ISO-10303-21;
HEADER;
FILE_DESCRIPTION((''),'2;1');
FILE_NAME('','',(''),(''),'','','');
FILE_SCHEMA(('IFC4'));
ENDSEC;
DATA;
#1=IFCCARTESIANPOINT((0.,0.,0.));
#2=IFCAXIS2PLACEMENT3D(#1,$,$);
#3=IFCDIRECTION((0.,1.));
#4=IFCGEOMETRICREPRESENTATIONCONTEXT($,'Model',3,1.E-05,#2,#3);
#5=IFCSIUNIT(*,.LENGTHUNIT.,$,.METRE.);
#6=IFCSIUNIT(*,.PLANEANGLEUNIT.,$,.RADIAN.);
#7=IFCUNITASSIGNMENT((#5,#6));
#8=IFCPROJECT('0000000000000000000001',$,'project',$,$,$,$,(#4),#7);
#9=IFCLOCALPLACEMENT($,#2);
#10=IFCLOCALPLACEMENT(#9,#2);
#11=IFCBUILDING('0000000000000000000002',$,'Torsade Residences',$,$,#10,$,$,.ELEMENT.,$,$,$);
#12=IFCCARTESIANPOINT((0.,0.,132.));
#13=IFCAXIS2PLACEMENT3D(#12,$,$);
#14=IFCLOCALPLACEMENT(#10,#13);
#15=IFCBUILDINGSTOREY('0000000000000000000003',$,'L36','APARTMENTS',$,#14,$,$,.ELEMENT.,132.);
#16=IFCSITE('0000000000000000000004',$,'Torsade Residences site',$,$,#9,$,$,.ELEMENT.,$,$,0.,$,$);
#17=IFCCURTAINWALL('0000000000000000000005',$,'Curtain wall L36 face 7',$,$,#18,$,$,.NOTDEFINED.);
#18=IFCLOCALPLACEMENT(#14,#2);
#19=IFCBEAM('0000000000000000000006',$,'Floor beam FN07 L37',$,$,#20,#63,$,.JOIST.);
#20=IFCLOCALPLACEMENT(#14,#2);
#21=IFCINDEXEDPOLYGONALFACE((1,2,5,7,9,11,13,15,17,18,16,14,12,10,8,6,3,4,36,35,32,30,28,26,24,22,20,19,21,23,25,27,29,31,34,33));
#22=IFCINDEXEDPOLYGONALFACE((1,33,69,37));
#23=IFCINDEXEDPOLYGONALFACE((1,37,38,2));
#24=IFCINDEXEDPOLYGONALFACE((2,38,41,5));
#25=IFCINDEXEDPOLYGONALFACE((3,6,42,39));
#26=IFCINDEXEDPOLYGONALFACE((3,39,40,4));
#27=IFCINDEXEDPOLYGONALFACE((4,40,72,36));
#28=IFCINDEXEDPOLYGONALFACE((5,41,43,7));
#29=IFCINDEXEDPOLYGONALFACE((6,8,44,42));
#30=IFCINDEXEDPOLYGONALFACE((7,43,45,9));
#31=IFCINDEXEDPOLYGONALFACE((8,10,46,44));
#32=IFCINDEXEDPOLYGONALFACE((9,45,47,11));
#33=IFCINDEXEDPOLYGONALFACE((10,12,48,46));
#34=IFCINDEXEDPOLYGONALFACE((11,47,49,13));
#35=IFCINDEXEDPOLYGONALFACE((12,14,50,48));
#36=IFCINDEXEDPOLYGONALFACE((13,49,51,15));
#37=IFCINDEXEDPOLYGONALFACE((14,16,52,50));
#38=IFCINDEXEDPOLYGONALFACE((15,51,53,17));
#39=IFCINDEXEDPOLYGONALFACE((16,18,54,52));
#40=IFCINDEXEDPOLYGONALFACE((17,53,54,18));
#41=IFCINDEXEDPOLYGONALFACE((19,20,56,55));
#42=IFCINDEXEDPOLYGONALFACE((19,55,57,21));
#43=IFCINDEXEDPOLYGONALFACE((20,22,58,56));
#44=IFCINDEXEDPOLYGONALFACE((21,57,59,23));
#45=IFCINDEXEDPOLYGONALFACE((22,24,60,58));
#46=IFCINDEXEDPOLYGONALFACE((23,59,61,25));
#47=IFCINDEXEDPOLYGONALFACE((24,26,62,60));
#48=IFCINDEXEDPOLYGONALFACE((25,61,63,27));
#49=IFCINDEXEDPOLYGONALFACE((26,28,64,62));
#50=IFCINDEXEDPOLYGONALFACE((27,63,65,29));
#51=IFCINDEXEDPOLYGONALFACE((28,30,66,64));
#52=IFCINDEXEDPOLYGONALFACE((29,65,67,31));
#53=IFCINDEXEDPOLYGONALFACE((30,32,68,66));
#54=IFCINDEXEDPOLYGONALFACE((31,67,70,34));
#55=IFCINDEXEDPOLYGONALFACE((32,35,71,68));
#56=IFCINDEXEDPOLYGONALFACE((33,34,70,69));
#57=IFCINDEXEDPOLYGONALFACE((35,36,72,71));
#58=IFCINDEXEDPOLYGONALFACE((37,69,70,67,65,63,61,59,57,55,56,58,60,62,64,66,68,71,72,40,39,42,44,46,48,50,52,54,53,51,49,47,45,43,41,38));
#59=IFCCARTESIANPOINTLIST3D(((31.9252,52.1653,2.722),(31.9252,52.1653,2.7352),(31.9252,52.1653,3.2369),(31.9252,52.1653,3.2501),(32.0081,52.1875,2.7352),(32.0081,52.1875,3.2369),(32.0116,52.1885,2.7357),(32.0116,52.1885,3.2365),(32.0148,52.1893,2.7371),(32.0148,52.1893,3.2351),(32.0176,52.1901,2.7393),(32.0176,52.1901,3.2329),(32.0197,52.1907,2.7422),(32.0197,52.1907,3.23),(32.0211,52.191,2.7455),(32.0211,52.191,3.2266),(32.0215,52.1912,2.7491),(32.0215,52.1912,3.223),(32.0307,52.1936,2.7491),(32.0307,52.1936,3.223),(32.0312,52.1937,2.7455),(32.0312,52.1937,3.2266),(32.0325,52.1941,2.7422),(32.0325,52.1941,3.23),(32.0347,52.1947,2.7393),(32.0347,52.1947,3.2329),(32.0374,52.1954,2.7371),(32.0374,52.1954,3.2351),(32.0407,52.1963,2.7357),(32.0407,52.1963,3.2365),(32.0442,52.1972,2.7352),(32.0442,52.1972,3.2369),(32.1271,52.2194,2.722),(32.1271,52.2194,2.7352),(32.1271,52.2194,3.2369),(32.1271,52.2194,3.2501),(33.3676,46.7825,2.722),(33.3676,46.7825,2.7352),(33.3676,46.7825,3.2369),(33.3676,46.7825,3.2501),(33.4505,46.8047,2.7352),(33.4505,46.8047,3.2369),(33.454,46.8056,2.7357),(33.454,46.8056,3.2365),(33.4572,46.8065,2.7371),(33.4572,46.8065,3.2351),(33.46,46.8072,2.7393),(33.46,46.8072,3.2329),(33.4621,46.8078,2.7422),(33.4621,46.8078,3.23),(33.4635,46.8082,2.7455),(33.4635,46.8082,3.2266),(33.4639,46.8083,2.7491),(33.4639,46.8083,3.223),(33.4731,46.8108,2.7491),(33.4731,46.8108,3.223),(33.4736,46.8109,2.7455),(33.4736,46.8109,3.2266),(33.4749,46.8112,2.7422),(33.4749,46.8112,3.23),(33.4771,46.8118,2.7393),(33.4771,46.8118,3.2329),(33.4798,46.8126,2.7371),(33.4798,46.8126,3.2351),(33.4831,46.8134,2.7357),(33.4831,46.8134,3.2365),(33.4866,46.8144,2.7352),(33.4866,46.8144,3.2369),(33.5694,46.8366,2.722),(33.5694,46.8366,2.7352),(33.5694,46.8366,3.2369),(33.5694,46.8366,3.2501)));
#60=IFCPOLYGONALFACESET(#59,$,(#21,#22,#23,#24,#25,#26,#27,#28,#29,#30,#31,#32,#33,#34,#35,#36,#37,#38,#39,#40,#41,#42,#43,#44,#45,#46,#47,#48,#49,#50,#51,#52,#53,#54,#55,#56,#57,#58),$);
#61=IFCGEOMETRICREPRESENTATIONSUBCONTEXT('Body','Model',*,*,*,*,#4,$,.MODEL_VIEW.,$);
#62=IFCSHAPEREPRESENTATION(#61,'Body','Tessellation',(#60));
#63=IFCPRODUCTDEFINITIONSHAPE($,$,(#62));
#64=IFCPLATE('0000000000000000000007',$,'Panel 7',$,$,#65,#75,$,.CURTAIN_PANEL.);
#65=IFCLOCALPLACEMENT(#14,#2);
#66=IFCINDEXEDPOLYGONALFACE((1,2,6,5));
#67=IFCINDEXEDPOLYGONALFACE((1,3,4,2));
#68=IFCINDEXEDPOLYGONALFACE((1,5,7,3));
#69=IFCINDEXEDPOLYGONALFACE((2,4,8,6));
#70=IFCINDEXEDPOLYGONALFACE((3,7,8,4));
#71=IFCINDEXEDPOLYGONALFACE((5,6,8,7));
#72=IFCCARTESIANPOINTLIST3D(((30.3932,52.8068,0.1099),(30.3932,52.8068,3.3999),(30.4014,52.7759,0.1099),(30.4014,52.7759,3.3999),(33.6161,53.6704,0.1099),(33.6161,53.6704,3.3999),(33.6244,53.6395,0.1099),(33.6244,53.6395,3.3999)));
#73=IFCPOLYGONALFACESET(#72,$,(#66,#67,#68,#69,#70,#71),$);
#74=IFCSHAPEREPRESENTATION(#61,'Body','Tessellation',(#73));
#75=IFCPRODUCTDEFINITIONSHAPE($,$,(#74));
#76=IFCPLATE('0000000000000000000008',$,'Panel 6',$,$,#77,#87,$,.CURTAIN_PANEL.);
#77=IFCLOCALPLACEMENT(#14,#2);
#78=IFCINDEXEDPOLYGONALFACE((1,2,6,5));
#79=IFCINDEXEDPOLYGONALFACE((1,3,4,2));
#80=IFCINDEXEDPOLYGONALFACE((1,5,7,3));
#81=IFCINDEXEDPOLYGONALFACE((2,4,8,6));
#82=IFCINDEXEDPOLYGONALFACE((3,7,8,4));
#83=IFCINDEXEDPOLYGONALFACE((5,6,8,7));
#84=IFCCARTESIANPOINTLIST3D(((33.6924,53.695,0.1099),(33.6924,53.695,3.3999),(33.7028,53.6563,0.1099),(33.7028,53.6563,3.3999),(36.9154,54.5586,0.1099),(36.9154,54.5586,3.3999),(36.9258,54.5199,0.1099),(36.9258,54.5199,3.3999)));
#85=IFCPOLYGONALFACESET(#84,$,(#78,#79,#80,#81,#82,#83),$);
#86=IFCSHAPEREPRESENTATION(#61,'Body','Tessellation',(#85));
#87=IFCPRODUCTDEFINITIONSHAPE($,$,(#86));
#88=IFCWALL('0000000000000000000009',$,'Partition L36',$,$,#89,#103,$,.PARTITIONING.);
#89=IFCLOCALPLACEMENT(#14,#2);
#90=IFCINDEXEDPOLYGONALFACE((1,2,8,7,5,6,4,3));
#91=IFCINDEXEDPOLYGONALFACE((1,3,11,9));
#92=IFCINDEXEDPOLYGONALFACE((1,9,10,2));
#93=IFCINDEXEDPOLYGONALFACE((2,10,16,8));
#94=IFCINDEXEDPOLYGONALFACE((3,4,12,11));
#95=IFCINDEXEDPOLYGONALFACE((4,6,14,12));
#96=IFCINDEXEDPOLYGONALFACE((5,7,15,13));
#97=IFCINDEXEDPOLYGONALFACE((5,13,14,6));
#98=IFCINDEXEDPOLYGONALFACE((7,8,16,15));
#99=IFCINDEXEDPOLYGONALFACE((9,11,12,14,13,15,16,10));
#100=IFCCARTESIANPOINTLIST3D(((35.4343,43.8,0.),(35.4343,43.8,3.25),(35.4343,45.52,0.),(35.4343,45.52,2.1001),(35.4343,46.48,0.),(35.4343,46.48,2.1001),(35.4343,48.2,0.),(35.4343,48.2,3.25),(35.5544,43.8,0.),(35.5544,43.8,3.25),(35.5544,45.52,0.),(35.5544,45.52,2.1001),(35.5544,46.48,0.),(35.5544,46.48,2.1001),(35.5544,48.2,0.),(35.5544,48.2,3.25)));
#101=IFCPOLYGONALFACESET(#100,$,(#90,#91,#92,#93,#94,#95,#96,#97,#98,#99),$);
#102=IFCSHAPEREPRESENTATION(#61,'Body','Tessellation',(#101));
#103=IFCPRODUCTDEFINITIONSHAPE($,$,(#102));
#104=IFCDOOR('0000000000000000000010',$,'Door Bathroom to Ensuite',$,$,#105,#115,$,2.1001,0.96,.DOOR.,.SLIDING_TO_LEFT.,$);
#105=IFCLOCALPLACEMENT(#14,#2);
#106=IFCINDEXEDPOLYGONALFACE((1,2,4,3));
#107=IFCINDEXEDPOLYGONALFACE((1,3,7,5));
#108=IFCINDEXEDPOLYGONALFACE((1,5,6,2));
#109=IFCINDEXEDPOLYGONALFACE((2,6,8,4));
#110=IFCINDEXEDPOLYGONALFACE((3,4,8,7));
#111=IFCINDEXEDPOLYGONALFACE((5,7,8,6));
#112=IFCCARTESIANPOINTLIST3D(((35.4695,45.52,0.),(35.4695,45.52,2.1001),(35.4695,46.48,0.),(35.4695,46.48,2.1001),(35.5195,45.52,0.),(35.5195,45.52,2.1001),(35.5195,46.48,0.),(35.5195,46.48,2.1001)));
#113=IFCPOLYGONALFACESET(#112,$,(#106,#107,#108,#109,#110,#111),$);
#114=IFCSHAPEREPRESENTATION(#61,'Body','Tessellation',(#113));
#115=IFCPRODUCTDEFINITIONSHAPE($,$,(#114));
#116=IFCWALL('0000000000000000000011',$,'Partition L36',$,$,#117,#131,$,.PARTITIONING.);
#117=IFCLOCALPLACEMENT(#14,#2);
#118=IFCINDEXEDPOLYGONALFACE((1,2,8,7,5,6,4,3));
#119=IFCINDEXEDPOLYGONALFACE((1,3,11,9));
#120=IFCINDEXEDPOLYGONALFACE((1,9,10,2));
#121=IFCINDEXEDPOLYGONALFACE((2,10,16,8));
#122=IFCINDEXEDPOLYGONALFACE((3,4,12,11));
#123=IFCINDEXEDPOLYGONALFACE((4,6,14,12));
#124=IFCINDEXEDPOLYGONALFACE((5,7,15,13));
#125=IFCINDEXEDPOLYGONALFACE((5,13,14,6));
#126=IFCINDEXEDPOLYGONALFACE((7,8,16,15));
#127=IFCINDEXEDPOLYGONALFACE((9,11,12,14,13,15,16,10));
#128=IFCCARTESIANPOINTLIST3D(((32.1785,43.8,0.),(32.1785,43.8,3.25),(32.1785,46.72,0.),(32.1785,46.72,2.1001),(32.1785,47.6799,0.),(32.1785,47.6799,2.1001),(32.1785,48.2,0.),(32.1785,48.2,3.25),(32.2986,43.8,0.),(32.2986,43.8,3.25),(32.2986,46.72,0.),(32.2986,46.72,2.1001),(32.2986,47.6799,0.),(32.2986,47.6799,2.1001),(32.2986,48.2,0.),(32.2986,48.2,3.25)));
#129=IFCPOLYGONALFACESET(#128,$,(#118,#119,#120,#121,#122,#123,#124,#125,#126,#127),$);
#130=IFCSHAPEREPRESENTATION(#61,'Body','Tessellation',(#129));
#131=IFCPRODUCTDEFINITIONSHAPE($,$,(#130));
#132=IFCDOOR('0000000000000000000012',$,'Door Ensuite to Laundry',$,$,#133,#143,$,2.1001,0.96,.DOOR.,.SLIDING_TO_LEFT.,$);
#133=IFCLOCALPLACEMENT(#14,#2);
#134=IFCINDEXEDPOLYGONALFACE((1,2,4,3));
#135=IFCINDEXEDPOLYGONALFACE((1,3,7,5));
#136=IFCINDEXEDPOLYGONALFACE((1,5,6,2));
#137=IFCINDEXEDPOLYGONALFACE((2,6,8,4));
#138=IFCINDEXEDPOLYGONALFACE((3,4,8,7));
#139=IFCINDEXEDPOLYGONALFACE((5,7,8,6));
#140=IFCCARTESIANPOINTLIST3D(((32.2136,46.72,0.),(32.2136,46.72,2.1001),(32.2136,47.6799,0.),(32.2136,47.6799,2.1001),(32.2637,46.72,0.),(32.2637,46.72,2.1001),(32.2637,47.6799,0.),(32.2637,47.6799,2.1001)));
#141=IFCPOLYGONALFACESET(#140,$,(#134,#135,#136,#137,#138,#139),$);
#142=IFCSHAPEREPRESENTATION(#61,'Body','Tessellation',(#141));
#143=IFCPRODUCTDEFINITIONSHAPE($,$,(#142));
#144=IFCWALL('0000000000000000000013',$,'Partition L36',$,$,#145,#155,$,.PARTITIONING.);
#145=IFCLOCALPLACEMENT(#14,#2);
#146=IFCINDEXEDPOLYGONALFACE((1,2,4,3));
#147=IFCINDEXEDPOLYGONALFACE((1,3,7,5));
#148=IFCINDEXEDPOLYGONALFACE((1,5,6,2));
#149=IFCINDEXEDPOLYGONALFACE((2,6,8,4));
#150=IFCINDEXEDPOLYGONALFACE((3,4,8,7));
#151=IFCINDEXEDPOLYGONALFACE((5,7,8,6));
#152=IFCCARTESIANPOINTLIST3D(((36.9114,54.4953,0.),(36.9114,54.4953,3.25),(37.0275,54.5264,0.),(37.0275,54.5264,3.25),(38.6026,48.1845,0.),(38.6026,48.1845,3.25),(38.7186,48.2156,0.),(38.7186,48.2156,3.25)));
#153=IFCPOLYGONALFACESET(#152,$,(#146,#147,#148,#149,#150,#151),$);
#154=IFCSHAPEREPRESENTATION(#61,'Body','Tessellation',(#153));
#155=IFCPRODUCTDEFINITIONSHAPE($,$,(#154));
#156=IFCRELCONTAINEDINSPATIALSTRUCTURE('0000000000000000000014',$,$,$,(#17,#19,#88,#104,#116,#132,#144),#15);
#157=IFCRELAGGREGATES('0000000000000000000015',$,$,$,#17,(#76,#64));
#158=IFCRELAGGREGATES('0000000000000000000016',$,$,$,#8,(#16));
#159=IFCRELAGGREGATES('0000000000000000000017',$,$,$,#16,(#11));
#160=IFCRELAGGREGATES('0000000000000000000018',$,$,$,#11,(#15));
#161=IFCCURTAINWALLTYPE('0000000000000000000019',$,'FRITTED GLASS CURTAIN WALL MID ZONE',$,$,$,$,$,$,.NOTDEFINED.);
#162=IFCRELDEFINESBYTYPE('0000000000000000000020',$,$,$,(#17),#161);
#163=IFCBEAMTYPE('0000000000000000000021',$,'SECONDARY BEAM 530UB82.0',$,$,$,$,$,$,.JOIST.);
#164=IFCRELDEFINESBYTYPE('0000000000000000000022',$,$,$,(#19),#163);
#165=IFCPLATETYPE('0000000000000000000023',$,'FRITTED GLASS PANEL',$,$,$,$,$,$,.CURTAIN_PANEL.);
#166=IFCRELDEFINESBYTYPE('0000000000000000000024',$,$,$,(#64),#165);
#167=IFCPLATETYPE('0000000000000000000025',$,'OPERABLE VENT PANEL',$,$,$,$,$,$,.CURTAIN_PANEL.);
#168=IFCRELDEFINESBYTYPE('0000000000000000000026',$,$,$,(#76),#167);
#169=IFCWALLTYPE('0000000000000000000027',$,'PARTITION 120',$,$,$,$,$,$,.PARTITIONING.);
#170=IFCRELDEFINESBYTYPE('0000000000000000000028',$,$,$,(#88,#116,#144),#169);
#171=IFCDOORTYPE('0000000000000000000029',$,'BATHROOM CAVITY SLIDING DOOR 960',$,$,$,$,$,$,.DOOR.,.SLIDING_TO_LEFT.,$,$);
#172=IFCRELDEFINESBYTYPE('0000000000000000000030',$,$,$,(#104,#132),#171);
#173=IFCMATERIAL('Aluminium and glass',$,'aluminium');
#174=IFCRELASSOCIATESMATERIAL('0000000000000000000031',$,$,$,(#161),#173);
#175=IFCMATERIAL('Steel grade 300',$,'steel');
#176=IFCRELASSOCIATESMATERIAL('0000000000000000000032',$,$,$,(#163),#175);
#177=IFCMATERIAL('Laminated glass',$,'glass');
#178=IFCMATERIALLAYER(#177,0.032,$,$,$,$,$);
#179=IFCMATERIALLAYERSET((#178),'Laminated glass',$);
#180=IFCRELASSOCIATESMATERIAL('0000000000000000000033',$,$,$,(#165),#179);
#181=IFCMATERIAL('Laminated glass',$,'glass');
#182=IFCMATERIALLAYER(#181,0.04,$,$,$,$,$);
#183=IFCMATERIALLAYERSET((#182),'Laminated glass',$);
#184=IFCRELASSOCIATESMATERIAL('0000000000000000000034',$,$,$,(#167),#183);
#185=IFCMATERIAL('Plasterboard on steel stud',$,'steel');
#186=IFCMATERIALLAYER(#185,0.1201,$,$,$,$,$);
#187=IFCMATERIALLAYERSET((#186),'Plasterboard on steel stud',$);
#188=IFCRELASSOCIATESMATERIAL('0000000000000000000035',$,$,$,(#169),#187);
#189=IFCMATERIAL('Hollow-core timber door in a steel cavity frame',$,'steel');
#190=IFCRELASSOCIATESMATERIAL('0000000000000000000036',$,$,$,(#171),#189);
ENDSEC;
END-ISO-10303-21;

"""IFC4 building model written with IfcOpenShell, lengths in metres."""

from ifc_helpers import new_model, si_unit, direction, frame, frame_2d, origin, origin_2d, place, context, subcontext, project, spatial, rectangle, i_section, extrude, material, layer, layer_set, material_profile, profile_set, type_object, element, fill, aggregate, save


model = new_model("IFC4")

# Units and contexts
model_context = context("Model", 3, precision=1e-05, world=origin(), true_north=direction((0.0, 1.0)))
body_context = subcontext(model_context, "Body", "Model", "MODEL_VIEW")
ifc_project = project(units=[si_unit("LENGTHUNIT", "METRE"), si_unit("PLANEANGLEUNIT", "RADIAN")], contexts=[model_context])

# Site, building, storey
site_placement = place(None, origin())
site = spatial("IfcSite", under=ifc_project, at=site_placement, Name="Torsade Residences site", CompositionType="ELEMENT", RefElevation=0.0)
building_placement = place(site_placement, origin())
building = spatial("IfcBuilding", under=site, at=building_placement, Name="Torsade Residences", CompositionType="ELEMENT")
storey_placement = place(building_placement, frame((0.0, 0.0, 132.0)))
storey = spatial("IfcBuildingStorey", under=building, at=storey_placement, Name="L36", Description="APARTMENTS", CompositionType="ELEMENT", Elevation=132.0)

# Curtain wall
ifc_material_1 = material(Name="Aluminium and glass", Category="aluminium")
curtain_wall_type = type_object("IfcCurtainWallType", Name="FRITTED GLASS CURTAIN WALL MID ZONE", PredefinedType="NOTDEFINED", material=ifc_material_1)
curtain_wall_placement = place(storey_placement, origin())
curtain_wall = element("IfcCurtainWall", 1, at=curtain_wall_placement, inside=storey, type_object=curtain_wall_type, Name="Curtain wall L36 face 7", PredefinedType="NOTDEFINED")

# Beam
ifc_material_2 = material(Name="Steel grade 300", Category="steel")
ifc_material_profile_1 = material_profile(ifc_material_2, i_section(OverallWidth=0.209, OverallDepth=0.5281, WebThickness=0.0095, FlangeThickness=0.0132, FilletRadius=0.0139, at=origin_2d()), Name="530UB82.0")
ifc_profile_set_1 = profile_set([ifc_material_profile_1], Name="Steel grade 300")
beam_type_1 = type_object("IfcBeamType", Name="SECONDARY BEAM 530UB82.0", PredefinedType="JOIST", material=ifc_profile_set_1)
beam_1_placement = place(storey_placement, frame((32.0261, 52.1924, 2.9861), z_axis=(0.25883, -0.965923, 0.0), x_axis=(0.965923, 0.25883, 0.0)))
element("IfcBeam", 2, at=beam_1_placement, inside=storey, type_object=beam_type_1, Name="Floor beam FN07 L37", PredefinedType="JOIST", context=body_context, shape_type="SweptSolid", body=[
    extrude(i_section(OverallWidth=0.209, OverallDepth=0.5281, WebThickness=0.0095, FlangeThickness=0.0132, FilletRadius=0.0139, at=origin_2d()), origin(), (0.0, 0.0, 1.0), 5.5728),
])

# Plates
ifc_material_3 = material(Name="Laminated glass", Category="glass")
ifc_layer_1 = layer(ifc_material_3, 0.032)
ifc_layer_set_1 = layer_set([ifc_layer_1], Name="Laminated glass")
plate_type_1 = type_object("IfcPlateType", Name="FRITTED GLASS PANEL", PredefinedType="CURTAIN_PANEL", material=ifc_layer_set_1)
plate_1_placement = place(storey_placement, frame((32.0088, 53.2231, 0.1099), z_axis=(0.0, 0.0, 1.0), x_axis=(-0.965926, -0.258819, 0.0)))
plate_1 = element("IfcPlate", 3, at=plate_1_placement, type_object=plate_type_1, Name="Panel 7", PredefinedType="CURTAIN_PANEL", context=body_context, shape_type="SweptSolid", body=[
    extrude(rectangle(XDim=3.3367, YDim=0.032, at=origin_2d()), origin(), (0.0, 0.0, 1.0), 3.29),
])
ifc_material_4 = material(Name="Laminated glass", Category="glass")
ifc_layer_2 = layer(ifc_material_4, 0.04)
ifc_layer_set_2 = layer_set([ifc_layer_2], Name="Laminated glass")
plate_type_2 = type_object("IfcPlateType", Name="OPERABLE VENT PANEL", PredefinedType="CURTAIN_PANEL", material=ifc_layer_set_2)
plate_2_placement = place(storey_placement, frame((35.3091, 54.1074, 0.1099), z_axis=(0.0, 0.0, 1.0), x_axis=(-0.965926, -0.258819, 0.0)))
plate_2 = element("IfcPlate", 4, at=plate_2_placement, type_object=plate_type_2, Name="Panel 6", PredefinedType="CURTAIN_PANEL", context=body_context, shape_type="SweptSolid", body=[
    extrude(rectangle(XDim=3.3367, YDim=0.04, at=origin_2d()), origin(), (0.0, 0.0, 1.0), 3.29),
])
aggregate(curtain_wall, [plate_2, plate_1])

# Walls, openings, doors
ifc_material_5 = material(Name="Plasterboard on steel stud", Category="steel")
ifc_layer_3 = layer(ifc_material_5, 0.1201)
ifc_layer_set_3 = layer_set([ifc_layer_3], Name="Plasterboard on steel stud")
wall_type = type_object("IfcWallType", Name="PARTITION 120", PredefinedType="PARTITIONING", material=ifc_layer_set_3)
wall_1_placement = place(storey_placement, frame((35.4944, 43.8, 0.0), z_axis=(0.0, 0.0, 1.0), x_axis=(0.0, 1.0, 0.0)))
wall_1 = element("IfcWall", 5, at=wall_1_placement, inside=storey, type_object=wall_type, Name="Partition L36", PredefinedType="PARTITIONING", context=body_context, shape_type="SweptSolid", body=[
    extrude(rectangle(XDim=4.3999, YDim=0.1201, at=frame_2d((2.2, 0.0))), origin(), (0.0, 0.0, 1.0), 3.25),
])
opening_1_placement = place(wall_1_placement, frame((1.72, 0.0, 0.0)))
opening_1 = element("IfcOpeningElement", 6, at=opening_1_placement, cuts=wall_1, PredefinedType="OPENING", context=body_context, shape_type="SweptSolid", body=[
    extrude(rectangle(XDim=0.96, YDim=2.1001, at=frame_2d((0.48, 1.05))), frame((0.0, 0.0701, 0.0), z_axis=(0.0, -1.0, 0.0), x_axis=(1.0, 0.0, 0.0)), (0.0, 0.0, 1.0), 0.1401),
])
ifc_material_6 = material(Name="Hollow-core timber door in a steel cavity frame", Category="steel")
door_type = type_object("IfcDoorType", Name="BATHROOM CAVITY SLIDING DOOR 960", OperationType="SLIDING_TO_LEFT", PredefinedType="DOOR", material=ifc_material_6)
door_1_placement = place(opening_1_placement, origin())
door_1 = element("IfcDoor", 7, at=door_1_placement, inside=storey, type_object=door_type, Name="Door Bathroom to Ensuite", OperationType="SLIDING_TO_LEFT", OverallHeight=2.1001, OverallWidth=0.96, PredefinedType="DOOR", context=body_context, shape_type="SweptSolid", body=[
    extrude(rectangle(XDim=0.96, YDim=2.1001, at=frame_2d((0.48, 1.05))), frame((0.0, 0.0249, 0.0), z_axis=(0.0, -1.0, 0.0), x_axis=(1.0, 0.0, 0.0)), (0.0, 0.0, 1.0), 0.05),
])
fill(opening_1, door_1)
wall_2_placement = place(storey_placement, frame((32.2385, 43.8, 0.0), z_axis=(0.0, 0.0, 1.0), x_axis=(0.0, 1.0, 0.0)))
wall_2 = element("IfcWall", 8, at=wall_2_placement, inside=storey, type_object=wall_type, Name="Partition L36", PredefinedType="PARTITIONING", context=body_context, shape_type="SweptSolid", body=[
    extrude(rectangle(XDim=4.3999, YDim=0.1201, at=frame_2d((2.2, 0.0))), origin(), (0.0, 0.0, 1.0), 3.25),
])
opening_2_placement = place(wall_2_placement, frame((2.9199, 0.0, 0.0)))
opening_2 = element("IfcOpeningElement", 9, at=opening_2_placement, cuts=wall_2, PredefinedType="OPENING", context=body_context, shape_type="SweptSolid", body=[
    extrude(rectangle(XDim=0.96, YDim=2.1001, at=frame_2d((0.48, 1.05))), frame((0.0, 0.0701, 0.0), z_axis=(0.0, -1.0, 0.0), x_axis=(1.0, 0.0, 0.0)), (0.0, 0.0, 1.0), 0.1401),
])
door_2_placement = place(opening_2_placement, origin())
door_2 = element("IfcDoor", 10, at=door_2_placement, inside=storey, type_object=door_type, Name="Door Ensuite to Laundry", OperationType="SLIDING_TO_LEFT", OverallHeight=2.1001, OverallWidth=0.96, PredefinedType="DOOR", context=body_context, shape_type="SweptSolid", body=[
    extrude(rectangle(XDim=0.96, YDim=2.1001, at=frame_2d((0.48, 1.05))), frame((0.0, 0.0249, 0.0), z_axis=(0.0, -1.0, 0.0), x_axis=(1.0, 0.0, 0.0)), (0.0, 0.0, 1.0), 0.05),
])
fill(opening_2, door_2)

# Wall
wall_3_placement = place(storey_placement, frame((36.9695, 54.5107, 0.0), z_axis=(0.0, 0.0, 1.0), x_axis=(0.258846, -0.965919, 0.0)))
element("IfcWall", 11, at=wall_3_placement, inside=storey, type_object=wall_type, Name="Partition L36", PredefinedType="PARTITIONING", context=body_context, shape_type="SweptSolid", body=[
    extrude(rectangle(XDim=6.5334, YDim=0.1201, at=frame_2d((3.2666, 0.0))), origin(), (0.0, 0.0, 1.0), 3.25),
])

save(model, "model.ifc")
